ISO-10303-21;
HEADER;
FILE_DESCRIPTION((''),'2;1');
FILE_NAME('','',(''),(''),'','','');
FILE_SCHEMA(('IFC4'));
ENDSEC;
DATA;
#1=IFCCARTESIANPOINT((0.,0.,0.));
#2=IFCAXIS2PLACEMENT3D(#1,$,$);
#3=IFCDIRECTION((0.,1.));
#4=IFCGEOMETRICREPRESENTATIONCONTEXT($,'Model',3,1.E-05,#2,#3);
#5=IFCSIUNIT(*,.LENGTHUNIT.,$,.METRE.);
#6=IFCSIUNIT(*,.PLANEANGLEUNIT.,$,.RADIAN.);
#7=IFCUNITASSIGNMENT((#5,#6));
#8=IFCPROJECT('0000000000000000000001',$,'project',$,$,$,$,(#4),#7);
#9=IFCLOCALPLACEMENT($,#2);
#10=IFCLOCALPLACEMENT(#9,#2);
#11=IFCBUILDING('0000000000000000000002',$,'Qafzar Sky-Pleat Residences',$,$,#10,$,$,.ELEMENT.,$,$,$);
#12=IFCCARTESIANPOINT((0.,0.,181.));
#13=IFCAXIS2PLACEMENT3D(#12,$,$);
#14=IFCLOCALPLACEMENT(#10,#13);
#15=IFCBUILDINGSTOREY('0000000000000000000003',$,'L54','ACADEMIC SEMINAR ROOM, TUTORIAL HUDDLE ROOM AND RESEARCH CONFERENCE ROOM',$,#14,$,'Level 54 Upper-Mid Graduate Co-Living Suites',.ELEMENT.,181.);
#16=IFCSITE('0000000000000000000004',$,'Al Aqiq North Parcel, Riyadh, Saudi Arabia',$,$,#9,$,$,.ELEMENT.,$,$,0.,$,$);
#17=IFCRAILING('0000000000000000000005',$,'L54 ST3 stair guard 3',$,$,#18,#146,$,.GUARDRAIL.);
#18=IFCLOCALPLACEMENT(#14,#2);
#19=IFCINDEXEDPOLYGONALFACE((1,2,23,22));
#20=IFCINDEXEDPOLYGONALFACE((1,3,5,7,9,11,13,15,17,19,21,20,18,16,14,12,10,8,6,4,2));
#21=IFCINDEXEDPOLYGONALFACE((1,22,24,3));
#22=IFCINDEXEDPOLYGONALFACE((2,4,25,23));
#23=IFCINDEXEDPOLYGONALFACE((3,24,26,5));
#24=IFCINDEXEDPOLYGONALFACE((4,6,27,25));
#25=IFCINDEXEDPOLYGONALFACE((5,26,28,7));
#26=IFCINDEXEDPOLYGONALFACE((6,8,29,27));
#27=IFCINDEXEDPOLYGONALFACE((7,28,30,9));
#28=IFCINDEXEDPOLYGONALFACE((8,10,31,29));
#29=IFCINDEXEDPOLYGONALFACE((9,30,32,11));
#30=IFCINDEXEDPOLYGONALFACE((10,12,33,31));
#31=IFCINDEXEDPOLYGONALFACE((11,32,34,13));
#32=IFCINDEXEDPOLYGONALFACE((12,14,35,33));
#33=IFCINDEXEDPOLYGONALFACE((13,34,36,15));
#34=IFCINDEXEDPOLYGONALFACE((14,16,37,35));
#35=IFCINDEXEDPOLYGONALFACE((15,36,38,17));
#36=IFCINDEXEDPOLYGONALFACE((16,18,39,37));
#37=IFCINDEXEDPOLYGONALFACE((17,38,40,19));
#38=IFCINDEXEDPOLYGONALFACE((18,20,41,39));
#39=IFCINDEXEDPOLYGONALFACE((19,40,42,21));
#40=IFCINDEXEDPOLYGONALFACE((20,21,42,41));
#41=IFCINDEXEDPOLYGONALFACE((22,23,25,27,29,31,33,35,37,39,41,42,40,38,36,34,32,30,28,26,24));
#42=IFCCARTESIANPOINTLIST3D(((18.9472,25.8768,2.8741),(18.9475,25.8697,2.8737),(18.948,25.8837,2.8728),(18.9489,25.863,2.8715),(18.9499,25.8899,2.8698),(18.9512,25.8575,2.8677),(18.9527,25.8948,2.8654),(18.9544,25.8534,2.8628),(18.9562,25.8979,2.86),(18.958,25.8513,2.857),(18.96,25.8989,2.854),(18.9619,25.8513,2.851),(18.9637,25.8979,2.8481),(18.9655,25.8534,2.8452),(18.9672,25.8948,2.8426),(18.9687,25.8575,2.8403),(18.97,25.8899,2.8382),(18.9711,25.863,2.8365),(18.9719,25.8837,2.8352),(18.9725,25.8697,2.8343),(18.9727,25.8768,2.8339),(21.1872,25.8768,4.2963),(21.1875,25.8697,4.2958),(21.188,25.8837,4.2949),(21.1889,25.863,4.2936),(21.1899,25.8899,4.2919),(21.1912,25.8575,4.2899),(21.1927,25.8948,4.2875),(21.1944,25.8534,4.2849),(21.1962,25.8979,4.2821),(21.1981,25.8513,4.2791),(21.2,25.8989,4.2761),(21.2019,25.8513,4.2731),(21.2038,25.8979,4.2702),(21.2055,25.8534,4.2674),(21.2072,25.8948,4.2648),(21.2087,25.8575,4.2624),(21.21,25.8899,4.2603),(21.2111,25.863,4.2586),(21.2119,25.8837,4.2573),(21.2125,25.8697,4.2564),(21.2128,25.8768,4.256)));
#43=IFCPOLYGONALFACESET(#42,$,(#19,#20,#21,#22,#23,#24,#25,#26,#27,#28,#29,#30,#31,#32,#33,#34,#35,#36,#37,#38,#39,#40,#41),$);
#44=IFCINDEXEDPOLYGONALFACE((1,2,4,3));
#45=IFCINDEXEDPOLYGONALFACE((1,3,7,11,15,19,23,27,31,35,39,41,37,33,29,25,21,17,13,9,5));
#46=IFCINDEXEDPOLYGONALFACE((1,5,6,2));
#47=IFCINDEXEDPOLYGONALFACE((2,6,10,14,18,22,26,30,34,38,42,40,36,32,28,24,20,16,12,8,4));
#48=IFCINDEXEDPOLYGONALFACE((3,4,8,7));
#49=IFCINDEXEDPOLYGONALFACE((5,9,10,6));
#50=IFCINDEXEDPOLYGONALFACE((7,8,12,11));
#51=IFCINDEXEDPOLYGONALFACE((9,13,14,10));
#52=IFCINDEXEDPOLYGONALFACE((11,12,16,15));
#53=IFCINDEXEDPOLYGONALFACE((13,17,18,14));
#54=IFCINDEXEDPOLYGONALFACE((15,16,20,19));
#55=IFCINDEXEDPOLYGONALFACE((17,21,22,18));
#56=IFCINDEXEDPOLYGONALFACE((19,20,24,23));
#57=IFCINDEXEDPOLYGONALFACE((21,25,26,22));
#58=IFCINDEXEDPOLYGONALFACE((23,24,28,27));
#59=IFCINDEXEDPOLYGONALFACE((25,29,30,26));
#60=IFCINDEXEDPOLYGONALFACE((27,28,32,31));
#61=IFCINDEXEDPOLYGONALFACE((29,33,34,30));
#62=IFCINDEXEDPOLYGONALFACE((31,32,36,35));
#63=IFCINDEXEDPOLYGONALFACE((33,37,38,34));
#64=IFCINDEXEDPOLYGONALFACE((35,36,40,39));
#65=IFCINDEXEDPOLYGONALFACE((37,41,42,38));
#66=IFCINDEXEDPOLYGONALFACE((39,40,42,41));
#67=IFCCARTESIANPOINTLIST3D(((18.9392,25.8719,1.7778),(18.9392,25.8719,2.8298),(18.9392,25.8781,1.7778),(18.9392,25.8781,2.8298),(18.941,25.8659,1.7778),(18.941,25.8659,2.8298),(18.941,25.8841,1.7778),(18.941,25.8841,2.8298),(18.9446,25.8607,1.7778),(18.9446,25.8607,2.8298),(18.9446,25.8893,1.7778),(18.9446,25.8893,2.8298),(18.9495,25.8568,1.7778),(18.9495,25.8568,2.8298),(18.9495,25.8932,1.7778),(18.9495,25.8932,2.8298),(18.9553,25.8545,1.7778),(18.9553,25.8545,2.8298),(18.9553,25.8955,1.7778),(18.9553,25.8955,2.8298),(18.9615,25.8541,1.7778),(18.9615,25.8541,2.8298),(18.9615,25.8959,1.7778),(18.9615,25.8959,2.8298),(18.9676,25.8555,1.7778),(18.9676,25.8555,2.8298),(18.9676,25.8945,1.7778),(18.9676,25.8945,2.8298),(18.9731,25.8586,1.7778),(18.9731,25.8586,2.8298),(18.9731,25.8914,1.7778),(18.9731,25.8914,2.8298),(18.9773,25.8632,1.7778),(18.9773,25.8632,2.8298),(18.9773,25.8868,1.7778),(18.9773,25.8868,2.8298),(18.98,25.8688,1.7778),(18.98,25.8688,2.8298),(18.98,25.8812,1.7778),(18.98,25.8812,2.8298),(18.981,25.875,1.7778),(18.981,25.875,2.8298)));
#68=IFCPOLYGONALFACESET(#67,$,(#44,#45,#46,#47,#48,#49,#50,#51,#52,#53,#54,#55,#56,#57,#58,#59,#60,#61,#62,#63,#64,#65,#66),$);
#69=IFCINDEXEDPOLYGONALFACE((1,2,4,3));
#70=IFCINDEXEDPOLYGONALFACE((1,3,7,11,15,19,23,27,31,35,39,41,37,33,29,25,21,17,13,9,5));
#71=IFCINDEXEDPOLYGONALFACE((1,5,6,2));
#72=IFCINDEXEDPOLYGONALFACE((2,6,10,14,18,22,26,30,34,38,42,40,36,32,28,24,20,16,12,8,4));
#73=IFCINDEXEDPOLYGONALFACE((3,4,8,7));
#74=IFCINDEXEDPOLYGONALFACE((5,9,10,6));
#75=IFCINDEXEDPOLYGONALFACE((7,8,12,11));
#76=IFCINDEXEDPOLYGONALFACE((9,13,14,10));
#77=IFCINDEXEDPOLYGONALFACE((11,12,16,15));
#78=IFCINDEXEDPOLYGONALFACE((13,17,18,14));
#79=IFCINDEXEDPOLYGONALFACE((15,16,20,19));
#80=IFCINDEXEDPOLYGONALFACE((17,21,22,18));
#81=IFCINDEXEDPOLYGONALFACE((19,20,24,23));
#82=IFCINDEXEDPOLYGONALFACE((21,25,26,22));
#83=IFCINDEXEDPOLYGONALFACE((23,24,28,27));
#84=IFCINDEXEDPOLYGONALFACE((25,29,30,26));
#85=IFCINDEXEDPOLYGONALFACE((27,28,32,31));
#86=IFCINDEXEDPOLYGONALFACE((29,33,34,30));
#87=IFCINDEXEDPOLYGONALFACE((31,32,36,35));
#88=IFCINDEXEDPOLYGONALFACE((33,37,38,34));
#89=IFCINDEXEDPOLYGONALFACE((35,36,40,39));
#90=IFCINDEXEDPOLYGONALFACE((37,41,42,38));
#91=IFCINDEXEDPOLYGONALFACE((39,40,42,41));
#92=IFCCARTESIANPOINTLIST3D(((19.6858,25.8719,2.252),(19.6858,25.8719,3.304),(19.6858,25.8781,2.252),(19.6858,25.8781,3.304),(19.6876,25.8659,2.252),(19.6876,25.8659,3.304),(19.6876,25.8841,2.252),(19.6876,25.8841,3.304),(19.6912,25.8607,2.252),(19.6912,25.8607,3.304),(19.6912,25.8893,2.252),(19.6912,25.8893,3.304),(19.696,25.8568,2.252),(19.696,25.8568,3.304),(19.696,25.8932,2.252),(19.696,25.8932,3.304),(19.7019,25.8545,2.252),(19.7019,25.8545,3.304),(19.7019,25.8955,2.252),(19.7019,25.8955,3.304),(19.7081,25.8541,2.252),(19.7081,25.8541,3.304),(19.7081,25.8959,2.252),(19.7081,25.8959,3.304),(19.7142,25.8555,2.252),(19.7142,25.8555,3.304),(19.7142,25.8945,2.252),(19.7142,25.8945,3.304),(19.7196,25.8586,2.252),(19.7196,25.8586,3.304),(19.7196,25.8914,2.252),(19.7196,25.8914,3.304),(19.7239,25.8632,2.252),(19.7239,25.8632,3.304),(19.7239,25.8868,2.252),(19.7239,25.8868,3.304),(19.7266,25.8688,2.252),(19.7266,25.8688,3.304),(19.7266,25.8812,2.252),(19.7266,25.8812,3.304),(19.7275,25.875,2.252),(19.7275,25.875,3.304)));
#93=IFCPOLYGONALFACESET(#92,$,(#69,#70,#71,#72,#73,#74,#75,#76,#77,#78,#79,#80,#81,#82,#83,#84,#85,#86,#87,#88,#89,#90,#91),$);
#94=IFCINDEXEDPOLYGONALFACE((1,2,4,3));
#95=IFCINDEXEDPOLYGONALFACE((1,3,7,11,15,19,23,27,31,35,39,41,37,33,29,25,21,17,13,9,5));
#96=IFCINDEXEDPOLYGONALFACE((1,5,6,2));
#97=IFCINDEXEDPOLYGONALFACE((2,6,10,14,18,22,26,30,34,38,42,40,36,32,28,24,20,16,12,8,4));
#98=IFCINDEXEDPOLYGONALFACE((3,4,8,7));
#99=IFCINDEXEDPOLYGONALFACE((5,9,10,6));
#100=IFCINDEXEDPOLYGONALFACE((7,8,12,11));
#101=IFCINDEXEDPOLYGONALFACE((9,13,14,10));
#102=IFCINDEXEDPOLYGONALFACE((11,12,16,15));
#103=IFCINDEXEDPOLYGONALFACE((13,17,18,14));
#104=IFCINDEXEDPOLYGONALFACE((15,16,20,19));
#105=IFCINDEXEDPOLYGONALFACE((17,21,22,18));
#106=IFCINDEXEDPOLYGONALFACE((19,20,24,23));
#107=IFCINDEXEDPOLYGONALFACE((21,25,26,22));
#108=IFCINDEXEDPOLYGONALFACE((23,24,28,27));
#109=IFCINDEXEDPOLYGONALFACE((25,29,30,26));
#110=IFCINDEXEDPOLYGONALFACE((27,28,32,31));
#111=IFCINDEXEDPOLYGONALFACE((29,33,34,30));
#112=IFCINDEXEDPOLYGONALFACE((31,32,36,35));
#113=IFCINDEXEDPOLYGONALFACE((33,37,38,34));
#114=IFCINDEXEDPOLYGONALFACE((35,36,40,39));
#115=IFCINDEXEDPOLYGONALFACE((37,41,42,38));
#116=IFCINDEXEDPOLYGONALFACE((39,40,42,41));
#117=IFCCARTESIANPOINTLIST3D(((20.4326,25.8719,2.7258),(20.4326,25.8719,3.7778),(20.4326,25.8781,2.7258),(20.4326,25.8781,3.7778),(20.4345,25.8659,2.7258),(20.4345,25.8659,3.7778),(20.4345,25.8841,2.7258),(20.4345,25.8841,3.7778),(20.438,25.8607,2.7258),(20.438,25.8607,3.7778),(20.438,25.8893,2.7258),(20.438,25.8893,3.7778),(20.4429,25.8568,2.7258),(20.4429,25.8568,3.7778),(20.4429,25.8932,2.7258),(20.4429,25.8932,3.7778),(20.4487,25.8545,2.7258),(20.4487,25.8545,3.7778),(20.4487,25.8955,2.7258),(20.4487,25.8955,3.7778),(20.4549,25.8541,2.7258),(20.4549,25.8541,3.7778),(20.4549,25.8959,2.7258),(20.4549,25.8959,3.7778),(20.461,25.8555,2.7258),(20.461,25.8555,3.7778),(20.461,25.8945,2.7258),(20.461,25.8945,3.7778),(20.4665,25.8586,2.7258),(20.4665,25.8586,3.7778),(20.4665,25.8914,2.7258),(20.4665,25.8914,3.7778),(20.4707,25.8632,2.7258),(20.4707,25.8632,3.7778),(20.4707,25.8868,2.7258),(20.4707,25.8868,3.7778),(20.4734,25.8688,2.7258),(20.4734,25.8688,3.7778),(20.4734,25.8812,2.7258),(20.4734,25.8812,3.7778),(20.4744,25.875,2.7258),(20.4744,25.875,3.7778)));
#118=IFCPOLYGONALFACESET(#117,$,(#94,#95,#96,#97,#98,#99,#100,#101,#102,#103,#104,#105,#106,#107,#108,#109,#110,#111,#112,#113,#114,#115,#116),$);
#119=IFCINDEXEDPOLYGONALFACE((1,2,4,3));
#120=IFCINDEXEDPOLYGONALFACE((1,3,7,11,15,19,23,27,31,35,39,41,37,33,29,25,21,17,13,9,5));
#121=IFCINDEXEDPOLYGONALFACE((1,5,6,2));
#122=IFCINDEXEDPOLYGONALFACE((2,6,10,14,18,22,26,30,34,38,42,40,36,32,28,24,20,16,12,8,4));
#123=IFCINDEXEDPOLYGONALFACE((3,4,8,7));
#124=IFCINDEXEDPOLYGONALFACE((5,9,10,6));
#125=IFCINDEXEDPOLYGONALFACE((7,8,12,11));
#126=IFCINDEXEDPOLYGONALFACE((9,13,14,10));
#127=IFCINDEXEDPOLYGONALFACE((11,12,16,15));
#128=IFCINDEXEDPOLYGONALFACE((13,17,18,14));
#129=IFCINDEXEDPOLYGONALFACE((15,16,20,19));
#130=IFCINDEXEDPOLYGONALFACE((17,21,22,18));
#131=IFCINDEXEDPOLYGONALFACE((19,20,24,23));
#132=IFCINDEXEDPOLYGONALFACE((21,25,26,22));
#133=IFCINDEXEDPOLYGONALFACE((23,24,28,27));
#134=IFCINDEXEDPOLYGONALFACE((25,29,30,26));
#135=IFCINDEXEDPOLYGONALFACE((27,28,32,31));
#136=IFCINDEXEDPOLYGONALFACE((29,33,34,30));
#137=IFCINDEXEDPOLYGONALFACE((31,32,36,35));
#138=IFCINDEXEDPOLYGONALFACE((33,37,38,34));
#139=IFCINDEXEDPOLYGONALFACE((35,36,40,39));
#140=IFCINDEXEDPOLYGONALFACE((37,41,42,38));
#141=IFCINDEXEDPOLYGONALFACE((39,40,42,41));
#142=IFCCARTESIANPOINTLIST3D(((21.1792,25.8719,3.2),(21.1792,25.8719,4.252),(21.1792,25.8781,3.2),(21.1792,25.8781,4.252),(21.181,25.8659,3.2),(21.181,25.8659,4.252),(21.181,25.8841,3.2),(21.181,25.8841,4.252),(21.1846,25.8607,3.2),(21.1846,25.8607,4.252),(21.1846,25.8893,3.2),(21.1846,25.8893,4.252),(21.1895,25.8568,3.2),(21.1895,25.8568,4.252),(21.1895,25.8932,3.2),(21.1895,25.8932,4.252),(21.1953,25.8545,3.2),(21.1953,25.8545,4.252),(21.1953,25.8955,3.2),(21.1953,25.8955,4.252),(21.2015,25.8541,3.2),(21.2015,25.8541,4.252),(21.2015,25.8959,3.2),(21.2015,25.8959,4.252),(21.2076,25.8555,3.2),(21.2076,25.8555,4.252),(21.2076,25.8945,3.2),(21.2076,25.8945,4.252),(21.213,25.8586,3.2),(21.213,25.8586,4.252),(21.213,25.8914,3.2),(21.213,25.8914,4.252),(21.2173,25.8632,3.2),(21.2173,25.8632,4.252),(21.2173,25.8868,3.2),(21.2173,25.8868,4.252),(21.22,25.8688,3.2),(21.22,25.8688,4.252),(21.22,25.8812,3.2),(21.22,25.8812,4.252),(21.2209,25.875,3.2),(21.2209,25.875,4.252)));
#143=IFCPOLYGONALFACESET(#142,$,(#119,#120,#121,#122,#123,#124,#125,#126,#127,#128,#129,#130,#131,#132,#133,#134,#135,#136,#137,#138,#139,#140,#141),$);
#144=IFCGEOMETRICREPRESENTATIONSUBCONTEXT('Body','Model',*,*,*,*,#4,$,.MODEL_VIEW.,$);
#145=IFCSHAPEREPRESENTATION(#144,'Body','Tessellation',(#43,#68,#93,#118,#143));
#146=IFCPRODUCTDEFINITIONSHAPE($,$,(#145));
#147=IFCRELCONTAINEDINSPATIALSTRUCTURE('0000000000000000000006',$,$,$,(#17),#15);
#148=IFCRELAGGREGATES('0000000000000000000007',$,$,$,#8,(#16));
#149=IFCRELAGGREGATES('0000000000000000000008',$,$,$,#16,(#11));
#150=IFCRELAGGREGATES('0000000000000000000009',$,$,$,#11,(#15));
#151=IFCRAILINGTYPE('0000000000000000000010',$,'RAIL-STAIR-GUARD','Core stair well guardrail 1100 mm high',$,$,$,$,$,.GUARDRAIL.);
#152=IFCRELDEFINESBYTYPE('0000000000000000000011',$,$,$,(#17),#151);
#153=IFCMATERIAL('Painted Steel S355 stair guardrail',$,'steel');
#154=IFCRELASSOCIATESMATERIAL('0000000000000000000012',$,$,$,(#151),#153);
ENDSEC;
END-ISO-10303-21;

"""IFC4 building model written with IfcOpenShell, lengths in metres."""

from ifc_helpers import new_model, si_unit, direction, frame, origin, origin_2d, place, context, subcontext, project, spatial, circle, extrude, source, transform, mapped, material, type_object, element, save


model = new_model("IFC4")

# Units and contexts
model_context = context("Model", 3, precision=1e-05, world=origin(), true_north=direction((0.0, 1.0)))
body_context = subcontext(model_context, "Body", "Model", "MODEL_VIEW")
ifc_project = project(units=[si_unit("LENGTHUNIT", "METRE"), si_unit("PLANEANGLEUNIT", "RADIAN")], contexts=[model_context])

# Site, building, storey
site_placement = place(None, origin())
site = spatial("IfcSite", under=ifc_project, at=site_placement, Name="Al Aqiq North Parcel, Riyadh, Saudi Arabia", CompositionType="ELEMENT", RefElevation=0.0)
building_placement = place(site_placement, origin())
building = spatial("IfcBuilding", under=site, at=building_placement, Name="Qafzar Sky-Pleat Residences", CompositionType="ELEMENT")
storey_placement = place(building_placement, frame((0.0, 0.0, 181.0)))
storey = spatial("IfcBuildingStorey", under=building, at=storey_placement, Name="L54", Description="ACADEMIC SEMINAR ROOM, TUTORIAL HUDDLE ROOM AND RESEARCH CONFERENCE ROOM", LongName="Level 54 Upper-Mid Graduate Co-Living Suites", CompositionType="ELEMENT", Elevation=181.0)

# Railing
ifc_material_1 = material(Name="Painted Steel S355 stair guardrail", Category="steel")
railing_type_1 = type_object("IfcRailingType", Name="RAIL-STAIR-GUARD", Description="Core stair well guardrail 1100 mm high", PredefinedType="GUARDRAIL", material=ifc_material_1)
shared_shape_1 = source(origin(), body_context, "Body", "SweptSolid", [
    extrude(circle(Radius=0.0239, at=origin_2d()), frame((0.0, 0.0, 1.0762), z_axis=(0.844229, 0.0, 0.535982), x_axis=(0.0, 1.0, 0.0)), (0.0, 0.0, 1.0), 2.6533),
    extrude(circle(Radius=0.021, at=origin_2d()), origin(), (0.0, 0.0, 1.0), 1.052),
    extrude(circle(Radius=0.021, at=origin_2d()), frame((0.7466, 0.0, 0.4741)), (0.0, 0.0, 1.0), 1.052),
    extrude(circle(Radius=0.021, at=origin_2d()), frame((1.4934, 0.0, 0.948)), (0.0, 0.0, 1.0), 1.052),
    extrude(circle(Radius=0.021, at=origin_2d()), frame((2.24, 0.0, 1.4221)), (0.0, 0.0, 1.0), 1.052),
])
railing_1_placement = place(storey_placement, frame((18.96, 25.875, 1.7778)))
element("IfcRailing", 1, at=railing_1_placement, inside=storey, type_object=railing_type_1, Name="L54 ST3 stair guard 3", PredefinedType="GUARDRAIL", context=body_context, shape_type="MappedRepresentation", body=[
    mapped(shared_shape_1, transform((0.0, 0.0, 0.0), x_axis=(1.0, 0.0, 0.0), y_axis=(0.0, 1.0, 0.0), z_axis=(0.0, 0.0, 1.0), scale=1.0)),
])

save(model, "model.ifc")
